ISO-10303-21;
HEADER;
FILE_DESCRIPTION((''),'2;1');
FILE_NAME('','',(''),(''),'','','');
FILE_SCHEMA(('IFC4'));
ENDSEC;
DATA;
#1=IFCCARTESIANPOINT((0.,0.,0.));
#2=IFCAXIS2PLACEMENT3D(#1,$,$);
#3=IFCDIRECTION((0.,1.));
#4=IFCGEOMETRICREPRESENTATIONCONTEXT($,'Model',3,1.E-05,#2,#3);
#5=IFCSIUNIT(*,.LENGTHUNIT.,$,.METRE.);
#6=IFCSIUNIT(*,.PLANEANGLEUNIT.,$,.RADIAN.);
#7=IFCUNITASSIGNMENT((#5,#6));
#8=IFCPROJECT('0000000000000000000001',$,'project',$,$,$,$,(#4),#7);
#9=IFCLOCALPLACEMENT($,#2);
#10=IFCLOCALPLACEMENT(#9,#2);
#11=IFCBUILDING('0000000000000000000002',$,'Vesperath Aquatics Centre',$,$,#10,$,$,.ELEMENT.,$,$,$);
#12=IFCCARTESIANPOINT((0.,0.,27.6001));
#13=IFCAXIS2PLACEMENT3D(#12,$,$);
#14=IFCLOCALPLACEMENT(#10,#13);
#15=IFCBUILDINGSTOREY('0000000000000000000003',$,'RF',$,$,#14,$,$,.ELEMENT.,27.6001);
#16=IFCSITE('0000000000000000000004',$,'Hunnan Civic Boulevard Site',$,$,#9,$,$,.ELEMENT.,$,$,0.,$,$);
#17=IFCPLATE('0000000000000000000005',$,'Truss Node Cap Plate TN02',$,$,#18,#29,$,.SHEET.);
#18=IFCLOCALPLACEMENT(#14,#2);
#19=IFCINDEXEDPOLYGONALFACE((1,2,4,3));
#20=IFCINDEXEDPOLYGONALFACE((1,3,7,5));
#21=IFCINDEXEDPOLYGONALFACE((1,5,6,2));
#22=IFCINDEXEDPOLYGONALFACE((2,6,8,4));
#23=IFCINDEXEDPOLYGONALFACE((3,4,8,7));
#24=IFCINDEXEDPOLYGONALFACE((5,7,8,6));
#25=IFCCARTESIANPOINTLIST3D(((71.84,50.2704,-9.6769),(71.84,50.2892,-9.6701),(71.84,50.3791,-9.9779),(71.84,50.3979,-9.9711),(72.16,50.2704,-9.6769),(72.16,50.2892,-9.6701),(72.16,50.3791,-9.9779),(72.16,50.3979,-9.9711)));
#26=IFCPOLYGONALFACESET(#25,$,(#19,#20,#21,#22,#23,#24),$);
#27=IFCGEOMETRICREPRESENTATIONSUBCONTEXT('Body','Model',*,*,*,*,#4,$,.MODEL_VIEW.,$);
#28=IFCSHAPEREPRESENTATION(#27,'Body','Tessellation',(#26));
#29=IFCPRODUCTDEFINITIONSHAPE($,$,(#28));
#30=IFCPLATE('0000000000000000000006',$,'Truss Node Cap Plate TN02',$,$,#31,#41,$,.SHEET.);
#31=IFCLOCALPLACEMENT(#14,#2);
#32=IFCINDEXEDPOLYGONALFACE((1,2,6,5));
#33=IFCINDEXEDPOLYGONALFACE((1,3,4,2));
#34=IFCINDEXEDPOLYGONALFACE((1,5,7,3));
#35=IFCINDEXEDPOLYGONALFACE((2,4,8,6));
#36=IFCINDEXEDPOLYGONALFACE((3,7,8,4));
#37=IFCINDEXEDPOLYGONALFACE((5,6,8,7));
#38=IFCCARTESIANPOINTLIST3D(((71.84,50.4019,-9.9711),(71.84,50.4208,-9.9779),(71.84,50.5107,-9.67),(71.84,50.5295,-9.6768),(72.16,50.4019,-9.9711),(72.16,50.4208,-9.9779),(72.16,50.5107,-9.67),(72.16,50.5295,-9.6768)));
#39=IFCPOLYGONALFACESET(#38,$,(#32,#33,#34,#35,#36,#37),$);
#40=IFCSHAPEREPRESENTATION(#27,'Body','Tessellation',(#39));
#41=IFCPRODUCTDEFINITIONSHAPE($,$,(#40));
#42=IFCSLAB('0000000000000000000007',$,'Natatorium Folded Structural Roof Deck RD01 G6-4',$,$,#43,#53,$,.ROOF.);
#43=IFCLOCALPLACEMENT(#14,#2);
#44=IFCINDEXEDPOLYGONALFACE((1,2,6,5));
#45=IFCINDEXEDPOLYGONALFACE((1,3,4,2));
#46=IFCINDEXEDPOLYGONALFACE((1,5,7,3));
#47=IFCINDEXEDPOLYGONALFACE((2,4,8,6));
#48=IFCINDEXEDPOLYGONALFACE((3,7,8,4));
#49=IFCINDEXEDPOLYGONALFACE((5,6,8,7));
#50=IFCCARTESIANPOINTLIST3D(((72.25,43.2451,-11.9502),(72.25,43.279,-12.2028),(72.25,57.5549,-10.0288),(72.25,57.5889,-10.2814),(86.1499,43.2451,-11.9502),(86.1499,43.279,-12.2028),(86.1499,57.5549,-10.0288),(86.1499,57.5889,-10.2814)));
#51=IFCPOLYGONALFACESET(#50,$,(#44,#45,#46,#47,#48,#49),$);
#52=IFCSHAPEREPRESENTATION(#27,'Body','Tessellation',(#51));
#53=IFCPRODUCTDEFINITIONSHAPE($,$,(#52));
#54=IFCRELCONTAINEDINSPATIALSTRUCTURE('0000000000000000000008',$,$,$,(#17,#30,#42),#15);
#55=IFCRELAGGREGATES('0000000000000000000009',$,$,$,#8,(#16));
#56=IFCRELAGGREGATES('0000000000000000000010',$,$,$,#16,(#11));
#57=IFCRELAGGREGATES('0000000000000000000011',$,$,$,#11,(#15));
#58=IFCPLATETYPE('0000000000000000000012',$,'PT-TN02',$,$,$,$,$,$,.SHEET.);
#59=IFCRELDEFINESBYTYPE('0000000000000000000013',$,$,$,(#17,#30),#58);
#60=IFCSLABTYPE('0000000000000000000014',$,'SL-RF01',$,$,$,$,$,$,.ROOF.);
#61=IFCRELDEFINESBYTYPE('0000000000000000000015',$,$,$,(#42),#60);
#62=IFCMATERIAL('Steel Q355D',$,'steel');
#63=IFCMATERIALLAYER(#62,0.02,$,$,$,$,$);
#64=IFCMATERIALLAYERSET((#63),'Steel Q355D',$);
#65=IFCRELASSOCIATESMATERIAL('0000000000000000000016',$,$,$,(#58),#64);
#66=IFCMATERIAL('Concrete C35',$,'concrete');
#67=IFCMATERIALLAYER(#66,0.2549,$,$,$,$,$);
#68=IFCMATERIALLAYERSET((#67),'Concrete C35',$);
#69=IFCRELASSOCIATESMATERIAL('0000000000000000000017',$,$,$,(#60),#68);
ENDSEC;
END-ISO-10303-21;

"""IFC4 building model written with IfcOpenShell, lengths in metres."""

from ifc_helpers import new_model, si_unit, direction, frame, origin, origin_2d, place, context, subcontext, project, spatial, polyline, rectangle, outline, extrude, material, layer, layer_set, type_object, element, save


model = new_model("IFC4")

# Units and contexts
model_context = context("Model", 3, precision=1e-05, world=origin(), true_north=direction((0.0, 1.0)))
body_context = subcontext(model_context, "Body", "Model", "MODEL_VIEW")
ifc_project = project(units=[si_unit("LENGTHUNIT", "METRE"), si_unit("PLANEANGLEUNIT", "RADIAN")], contexts=[model_context])

# Site, building, storey
site_placement = place(None, origin())
site = spatial("IfcSite", under=ifc_project, at=site_placement, Name="Hunnan Civic Boulevard Site", CompositionType="ELEMENT", RefElevation=0.0)
building_placement = place(site_placement, origin())
building = spatial("IfcBuilding", under=site, at=building_placement, Name="Vesperath Aquatics Centre", CompositionType="ELEMENT")
storey_placement = place(building_placement, frame((0.0, 0.0, 27.6001)))
storey = spatial("IfcBuildingStorey", under=building, at=storey_placement, Name="RF", CompositionType="ELEMENT", Elevation=27.6001)

# Shared definitions
ifc_material_1 = material(Name="Steel Q355D", Category="steel")

# Plates
ifc_layer_1 = layer(ifc_material_1, 0.02)
ifc_layer_set_1 = layer_set([ifc_layer_1], Name="Steel Q355D")
plate_type_1 = type_object("IfcPlateType", Name="PT-TN02", PredefinedType="SHEET", material=ifc_layer_set_1)
for number, where, z_axis, x_axis, name in (
    (1, (72.0, 50.3247, -9.8274), (0.0, 0.940554, 0.339644), (-1.0, 0.0, 0.0), "Truss Node Cap Plate TN02"),
    (2, (72.0, 50.4563, -9.8206), (0.0, 0.940554, -0.339644), (-1.0, 0.0, 0.0), "Truss Node Cap Plate TN02"),
):
    element("IfcPlate", number, at=place(storey_placement, frame(where, z_axis=z_axis, x_axis=x_axis)), inside=storey, type_object=plate_type_1, Name=name, PredefinedType="SHEET", context=body_context, shape_type="SweptSolid", body=[
        extrude(rectangle(XDim=0.3201, YDim=0.3201, at=origin_2d()), origin(), (0.0, 0.0, 1.0), 0.02),
    ])

# Slab
ifc_material_2 = material(Name="Concrete C35", Category="concrete")
ifc_layer_2 = layer(ifc_material_2, 0.2549)
ifc_layer_set_2 = layer_set([ifc_layer_2], Name="Concrete C35")
slab_type = type_object("IfcSlabType", Name="SL-RF01", PredefinedType="ROOF", material=ifc_layer_set_2)
slab_placement = place(storey_placement, frame((72.25, 43.2451, -11.9502), z_axis=(0.0, -0.133076, 0.991106), x_axis=(1.0, 0.0, 0.0)))
element("IfcSlab", 3, at=slab_placement, inside=storey, type_object=slab_type, Name="Natatorium Folded Structural Roof Deck RD01 G6-4", PredefinedType="ROOF", context=body_context, shape_type="SweptSolid", body=[
    extrude(outline(polyline([(0.0, 0.0), (13.8999, 0.0), (13.8999, 14.4382), (0.0, 14.4382), (0.0, 0.0)])), origin(), (0.0, 0.0, -1.0), 0.2549),
])

save(model, "model.ifc")
